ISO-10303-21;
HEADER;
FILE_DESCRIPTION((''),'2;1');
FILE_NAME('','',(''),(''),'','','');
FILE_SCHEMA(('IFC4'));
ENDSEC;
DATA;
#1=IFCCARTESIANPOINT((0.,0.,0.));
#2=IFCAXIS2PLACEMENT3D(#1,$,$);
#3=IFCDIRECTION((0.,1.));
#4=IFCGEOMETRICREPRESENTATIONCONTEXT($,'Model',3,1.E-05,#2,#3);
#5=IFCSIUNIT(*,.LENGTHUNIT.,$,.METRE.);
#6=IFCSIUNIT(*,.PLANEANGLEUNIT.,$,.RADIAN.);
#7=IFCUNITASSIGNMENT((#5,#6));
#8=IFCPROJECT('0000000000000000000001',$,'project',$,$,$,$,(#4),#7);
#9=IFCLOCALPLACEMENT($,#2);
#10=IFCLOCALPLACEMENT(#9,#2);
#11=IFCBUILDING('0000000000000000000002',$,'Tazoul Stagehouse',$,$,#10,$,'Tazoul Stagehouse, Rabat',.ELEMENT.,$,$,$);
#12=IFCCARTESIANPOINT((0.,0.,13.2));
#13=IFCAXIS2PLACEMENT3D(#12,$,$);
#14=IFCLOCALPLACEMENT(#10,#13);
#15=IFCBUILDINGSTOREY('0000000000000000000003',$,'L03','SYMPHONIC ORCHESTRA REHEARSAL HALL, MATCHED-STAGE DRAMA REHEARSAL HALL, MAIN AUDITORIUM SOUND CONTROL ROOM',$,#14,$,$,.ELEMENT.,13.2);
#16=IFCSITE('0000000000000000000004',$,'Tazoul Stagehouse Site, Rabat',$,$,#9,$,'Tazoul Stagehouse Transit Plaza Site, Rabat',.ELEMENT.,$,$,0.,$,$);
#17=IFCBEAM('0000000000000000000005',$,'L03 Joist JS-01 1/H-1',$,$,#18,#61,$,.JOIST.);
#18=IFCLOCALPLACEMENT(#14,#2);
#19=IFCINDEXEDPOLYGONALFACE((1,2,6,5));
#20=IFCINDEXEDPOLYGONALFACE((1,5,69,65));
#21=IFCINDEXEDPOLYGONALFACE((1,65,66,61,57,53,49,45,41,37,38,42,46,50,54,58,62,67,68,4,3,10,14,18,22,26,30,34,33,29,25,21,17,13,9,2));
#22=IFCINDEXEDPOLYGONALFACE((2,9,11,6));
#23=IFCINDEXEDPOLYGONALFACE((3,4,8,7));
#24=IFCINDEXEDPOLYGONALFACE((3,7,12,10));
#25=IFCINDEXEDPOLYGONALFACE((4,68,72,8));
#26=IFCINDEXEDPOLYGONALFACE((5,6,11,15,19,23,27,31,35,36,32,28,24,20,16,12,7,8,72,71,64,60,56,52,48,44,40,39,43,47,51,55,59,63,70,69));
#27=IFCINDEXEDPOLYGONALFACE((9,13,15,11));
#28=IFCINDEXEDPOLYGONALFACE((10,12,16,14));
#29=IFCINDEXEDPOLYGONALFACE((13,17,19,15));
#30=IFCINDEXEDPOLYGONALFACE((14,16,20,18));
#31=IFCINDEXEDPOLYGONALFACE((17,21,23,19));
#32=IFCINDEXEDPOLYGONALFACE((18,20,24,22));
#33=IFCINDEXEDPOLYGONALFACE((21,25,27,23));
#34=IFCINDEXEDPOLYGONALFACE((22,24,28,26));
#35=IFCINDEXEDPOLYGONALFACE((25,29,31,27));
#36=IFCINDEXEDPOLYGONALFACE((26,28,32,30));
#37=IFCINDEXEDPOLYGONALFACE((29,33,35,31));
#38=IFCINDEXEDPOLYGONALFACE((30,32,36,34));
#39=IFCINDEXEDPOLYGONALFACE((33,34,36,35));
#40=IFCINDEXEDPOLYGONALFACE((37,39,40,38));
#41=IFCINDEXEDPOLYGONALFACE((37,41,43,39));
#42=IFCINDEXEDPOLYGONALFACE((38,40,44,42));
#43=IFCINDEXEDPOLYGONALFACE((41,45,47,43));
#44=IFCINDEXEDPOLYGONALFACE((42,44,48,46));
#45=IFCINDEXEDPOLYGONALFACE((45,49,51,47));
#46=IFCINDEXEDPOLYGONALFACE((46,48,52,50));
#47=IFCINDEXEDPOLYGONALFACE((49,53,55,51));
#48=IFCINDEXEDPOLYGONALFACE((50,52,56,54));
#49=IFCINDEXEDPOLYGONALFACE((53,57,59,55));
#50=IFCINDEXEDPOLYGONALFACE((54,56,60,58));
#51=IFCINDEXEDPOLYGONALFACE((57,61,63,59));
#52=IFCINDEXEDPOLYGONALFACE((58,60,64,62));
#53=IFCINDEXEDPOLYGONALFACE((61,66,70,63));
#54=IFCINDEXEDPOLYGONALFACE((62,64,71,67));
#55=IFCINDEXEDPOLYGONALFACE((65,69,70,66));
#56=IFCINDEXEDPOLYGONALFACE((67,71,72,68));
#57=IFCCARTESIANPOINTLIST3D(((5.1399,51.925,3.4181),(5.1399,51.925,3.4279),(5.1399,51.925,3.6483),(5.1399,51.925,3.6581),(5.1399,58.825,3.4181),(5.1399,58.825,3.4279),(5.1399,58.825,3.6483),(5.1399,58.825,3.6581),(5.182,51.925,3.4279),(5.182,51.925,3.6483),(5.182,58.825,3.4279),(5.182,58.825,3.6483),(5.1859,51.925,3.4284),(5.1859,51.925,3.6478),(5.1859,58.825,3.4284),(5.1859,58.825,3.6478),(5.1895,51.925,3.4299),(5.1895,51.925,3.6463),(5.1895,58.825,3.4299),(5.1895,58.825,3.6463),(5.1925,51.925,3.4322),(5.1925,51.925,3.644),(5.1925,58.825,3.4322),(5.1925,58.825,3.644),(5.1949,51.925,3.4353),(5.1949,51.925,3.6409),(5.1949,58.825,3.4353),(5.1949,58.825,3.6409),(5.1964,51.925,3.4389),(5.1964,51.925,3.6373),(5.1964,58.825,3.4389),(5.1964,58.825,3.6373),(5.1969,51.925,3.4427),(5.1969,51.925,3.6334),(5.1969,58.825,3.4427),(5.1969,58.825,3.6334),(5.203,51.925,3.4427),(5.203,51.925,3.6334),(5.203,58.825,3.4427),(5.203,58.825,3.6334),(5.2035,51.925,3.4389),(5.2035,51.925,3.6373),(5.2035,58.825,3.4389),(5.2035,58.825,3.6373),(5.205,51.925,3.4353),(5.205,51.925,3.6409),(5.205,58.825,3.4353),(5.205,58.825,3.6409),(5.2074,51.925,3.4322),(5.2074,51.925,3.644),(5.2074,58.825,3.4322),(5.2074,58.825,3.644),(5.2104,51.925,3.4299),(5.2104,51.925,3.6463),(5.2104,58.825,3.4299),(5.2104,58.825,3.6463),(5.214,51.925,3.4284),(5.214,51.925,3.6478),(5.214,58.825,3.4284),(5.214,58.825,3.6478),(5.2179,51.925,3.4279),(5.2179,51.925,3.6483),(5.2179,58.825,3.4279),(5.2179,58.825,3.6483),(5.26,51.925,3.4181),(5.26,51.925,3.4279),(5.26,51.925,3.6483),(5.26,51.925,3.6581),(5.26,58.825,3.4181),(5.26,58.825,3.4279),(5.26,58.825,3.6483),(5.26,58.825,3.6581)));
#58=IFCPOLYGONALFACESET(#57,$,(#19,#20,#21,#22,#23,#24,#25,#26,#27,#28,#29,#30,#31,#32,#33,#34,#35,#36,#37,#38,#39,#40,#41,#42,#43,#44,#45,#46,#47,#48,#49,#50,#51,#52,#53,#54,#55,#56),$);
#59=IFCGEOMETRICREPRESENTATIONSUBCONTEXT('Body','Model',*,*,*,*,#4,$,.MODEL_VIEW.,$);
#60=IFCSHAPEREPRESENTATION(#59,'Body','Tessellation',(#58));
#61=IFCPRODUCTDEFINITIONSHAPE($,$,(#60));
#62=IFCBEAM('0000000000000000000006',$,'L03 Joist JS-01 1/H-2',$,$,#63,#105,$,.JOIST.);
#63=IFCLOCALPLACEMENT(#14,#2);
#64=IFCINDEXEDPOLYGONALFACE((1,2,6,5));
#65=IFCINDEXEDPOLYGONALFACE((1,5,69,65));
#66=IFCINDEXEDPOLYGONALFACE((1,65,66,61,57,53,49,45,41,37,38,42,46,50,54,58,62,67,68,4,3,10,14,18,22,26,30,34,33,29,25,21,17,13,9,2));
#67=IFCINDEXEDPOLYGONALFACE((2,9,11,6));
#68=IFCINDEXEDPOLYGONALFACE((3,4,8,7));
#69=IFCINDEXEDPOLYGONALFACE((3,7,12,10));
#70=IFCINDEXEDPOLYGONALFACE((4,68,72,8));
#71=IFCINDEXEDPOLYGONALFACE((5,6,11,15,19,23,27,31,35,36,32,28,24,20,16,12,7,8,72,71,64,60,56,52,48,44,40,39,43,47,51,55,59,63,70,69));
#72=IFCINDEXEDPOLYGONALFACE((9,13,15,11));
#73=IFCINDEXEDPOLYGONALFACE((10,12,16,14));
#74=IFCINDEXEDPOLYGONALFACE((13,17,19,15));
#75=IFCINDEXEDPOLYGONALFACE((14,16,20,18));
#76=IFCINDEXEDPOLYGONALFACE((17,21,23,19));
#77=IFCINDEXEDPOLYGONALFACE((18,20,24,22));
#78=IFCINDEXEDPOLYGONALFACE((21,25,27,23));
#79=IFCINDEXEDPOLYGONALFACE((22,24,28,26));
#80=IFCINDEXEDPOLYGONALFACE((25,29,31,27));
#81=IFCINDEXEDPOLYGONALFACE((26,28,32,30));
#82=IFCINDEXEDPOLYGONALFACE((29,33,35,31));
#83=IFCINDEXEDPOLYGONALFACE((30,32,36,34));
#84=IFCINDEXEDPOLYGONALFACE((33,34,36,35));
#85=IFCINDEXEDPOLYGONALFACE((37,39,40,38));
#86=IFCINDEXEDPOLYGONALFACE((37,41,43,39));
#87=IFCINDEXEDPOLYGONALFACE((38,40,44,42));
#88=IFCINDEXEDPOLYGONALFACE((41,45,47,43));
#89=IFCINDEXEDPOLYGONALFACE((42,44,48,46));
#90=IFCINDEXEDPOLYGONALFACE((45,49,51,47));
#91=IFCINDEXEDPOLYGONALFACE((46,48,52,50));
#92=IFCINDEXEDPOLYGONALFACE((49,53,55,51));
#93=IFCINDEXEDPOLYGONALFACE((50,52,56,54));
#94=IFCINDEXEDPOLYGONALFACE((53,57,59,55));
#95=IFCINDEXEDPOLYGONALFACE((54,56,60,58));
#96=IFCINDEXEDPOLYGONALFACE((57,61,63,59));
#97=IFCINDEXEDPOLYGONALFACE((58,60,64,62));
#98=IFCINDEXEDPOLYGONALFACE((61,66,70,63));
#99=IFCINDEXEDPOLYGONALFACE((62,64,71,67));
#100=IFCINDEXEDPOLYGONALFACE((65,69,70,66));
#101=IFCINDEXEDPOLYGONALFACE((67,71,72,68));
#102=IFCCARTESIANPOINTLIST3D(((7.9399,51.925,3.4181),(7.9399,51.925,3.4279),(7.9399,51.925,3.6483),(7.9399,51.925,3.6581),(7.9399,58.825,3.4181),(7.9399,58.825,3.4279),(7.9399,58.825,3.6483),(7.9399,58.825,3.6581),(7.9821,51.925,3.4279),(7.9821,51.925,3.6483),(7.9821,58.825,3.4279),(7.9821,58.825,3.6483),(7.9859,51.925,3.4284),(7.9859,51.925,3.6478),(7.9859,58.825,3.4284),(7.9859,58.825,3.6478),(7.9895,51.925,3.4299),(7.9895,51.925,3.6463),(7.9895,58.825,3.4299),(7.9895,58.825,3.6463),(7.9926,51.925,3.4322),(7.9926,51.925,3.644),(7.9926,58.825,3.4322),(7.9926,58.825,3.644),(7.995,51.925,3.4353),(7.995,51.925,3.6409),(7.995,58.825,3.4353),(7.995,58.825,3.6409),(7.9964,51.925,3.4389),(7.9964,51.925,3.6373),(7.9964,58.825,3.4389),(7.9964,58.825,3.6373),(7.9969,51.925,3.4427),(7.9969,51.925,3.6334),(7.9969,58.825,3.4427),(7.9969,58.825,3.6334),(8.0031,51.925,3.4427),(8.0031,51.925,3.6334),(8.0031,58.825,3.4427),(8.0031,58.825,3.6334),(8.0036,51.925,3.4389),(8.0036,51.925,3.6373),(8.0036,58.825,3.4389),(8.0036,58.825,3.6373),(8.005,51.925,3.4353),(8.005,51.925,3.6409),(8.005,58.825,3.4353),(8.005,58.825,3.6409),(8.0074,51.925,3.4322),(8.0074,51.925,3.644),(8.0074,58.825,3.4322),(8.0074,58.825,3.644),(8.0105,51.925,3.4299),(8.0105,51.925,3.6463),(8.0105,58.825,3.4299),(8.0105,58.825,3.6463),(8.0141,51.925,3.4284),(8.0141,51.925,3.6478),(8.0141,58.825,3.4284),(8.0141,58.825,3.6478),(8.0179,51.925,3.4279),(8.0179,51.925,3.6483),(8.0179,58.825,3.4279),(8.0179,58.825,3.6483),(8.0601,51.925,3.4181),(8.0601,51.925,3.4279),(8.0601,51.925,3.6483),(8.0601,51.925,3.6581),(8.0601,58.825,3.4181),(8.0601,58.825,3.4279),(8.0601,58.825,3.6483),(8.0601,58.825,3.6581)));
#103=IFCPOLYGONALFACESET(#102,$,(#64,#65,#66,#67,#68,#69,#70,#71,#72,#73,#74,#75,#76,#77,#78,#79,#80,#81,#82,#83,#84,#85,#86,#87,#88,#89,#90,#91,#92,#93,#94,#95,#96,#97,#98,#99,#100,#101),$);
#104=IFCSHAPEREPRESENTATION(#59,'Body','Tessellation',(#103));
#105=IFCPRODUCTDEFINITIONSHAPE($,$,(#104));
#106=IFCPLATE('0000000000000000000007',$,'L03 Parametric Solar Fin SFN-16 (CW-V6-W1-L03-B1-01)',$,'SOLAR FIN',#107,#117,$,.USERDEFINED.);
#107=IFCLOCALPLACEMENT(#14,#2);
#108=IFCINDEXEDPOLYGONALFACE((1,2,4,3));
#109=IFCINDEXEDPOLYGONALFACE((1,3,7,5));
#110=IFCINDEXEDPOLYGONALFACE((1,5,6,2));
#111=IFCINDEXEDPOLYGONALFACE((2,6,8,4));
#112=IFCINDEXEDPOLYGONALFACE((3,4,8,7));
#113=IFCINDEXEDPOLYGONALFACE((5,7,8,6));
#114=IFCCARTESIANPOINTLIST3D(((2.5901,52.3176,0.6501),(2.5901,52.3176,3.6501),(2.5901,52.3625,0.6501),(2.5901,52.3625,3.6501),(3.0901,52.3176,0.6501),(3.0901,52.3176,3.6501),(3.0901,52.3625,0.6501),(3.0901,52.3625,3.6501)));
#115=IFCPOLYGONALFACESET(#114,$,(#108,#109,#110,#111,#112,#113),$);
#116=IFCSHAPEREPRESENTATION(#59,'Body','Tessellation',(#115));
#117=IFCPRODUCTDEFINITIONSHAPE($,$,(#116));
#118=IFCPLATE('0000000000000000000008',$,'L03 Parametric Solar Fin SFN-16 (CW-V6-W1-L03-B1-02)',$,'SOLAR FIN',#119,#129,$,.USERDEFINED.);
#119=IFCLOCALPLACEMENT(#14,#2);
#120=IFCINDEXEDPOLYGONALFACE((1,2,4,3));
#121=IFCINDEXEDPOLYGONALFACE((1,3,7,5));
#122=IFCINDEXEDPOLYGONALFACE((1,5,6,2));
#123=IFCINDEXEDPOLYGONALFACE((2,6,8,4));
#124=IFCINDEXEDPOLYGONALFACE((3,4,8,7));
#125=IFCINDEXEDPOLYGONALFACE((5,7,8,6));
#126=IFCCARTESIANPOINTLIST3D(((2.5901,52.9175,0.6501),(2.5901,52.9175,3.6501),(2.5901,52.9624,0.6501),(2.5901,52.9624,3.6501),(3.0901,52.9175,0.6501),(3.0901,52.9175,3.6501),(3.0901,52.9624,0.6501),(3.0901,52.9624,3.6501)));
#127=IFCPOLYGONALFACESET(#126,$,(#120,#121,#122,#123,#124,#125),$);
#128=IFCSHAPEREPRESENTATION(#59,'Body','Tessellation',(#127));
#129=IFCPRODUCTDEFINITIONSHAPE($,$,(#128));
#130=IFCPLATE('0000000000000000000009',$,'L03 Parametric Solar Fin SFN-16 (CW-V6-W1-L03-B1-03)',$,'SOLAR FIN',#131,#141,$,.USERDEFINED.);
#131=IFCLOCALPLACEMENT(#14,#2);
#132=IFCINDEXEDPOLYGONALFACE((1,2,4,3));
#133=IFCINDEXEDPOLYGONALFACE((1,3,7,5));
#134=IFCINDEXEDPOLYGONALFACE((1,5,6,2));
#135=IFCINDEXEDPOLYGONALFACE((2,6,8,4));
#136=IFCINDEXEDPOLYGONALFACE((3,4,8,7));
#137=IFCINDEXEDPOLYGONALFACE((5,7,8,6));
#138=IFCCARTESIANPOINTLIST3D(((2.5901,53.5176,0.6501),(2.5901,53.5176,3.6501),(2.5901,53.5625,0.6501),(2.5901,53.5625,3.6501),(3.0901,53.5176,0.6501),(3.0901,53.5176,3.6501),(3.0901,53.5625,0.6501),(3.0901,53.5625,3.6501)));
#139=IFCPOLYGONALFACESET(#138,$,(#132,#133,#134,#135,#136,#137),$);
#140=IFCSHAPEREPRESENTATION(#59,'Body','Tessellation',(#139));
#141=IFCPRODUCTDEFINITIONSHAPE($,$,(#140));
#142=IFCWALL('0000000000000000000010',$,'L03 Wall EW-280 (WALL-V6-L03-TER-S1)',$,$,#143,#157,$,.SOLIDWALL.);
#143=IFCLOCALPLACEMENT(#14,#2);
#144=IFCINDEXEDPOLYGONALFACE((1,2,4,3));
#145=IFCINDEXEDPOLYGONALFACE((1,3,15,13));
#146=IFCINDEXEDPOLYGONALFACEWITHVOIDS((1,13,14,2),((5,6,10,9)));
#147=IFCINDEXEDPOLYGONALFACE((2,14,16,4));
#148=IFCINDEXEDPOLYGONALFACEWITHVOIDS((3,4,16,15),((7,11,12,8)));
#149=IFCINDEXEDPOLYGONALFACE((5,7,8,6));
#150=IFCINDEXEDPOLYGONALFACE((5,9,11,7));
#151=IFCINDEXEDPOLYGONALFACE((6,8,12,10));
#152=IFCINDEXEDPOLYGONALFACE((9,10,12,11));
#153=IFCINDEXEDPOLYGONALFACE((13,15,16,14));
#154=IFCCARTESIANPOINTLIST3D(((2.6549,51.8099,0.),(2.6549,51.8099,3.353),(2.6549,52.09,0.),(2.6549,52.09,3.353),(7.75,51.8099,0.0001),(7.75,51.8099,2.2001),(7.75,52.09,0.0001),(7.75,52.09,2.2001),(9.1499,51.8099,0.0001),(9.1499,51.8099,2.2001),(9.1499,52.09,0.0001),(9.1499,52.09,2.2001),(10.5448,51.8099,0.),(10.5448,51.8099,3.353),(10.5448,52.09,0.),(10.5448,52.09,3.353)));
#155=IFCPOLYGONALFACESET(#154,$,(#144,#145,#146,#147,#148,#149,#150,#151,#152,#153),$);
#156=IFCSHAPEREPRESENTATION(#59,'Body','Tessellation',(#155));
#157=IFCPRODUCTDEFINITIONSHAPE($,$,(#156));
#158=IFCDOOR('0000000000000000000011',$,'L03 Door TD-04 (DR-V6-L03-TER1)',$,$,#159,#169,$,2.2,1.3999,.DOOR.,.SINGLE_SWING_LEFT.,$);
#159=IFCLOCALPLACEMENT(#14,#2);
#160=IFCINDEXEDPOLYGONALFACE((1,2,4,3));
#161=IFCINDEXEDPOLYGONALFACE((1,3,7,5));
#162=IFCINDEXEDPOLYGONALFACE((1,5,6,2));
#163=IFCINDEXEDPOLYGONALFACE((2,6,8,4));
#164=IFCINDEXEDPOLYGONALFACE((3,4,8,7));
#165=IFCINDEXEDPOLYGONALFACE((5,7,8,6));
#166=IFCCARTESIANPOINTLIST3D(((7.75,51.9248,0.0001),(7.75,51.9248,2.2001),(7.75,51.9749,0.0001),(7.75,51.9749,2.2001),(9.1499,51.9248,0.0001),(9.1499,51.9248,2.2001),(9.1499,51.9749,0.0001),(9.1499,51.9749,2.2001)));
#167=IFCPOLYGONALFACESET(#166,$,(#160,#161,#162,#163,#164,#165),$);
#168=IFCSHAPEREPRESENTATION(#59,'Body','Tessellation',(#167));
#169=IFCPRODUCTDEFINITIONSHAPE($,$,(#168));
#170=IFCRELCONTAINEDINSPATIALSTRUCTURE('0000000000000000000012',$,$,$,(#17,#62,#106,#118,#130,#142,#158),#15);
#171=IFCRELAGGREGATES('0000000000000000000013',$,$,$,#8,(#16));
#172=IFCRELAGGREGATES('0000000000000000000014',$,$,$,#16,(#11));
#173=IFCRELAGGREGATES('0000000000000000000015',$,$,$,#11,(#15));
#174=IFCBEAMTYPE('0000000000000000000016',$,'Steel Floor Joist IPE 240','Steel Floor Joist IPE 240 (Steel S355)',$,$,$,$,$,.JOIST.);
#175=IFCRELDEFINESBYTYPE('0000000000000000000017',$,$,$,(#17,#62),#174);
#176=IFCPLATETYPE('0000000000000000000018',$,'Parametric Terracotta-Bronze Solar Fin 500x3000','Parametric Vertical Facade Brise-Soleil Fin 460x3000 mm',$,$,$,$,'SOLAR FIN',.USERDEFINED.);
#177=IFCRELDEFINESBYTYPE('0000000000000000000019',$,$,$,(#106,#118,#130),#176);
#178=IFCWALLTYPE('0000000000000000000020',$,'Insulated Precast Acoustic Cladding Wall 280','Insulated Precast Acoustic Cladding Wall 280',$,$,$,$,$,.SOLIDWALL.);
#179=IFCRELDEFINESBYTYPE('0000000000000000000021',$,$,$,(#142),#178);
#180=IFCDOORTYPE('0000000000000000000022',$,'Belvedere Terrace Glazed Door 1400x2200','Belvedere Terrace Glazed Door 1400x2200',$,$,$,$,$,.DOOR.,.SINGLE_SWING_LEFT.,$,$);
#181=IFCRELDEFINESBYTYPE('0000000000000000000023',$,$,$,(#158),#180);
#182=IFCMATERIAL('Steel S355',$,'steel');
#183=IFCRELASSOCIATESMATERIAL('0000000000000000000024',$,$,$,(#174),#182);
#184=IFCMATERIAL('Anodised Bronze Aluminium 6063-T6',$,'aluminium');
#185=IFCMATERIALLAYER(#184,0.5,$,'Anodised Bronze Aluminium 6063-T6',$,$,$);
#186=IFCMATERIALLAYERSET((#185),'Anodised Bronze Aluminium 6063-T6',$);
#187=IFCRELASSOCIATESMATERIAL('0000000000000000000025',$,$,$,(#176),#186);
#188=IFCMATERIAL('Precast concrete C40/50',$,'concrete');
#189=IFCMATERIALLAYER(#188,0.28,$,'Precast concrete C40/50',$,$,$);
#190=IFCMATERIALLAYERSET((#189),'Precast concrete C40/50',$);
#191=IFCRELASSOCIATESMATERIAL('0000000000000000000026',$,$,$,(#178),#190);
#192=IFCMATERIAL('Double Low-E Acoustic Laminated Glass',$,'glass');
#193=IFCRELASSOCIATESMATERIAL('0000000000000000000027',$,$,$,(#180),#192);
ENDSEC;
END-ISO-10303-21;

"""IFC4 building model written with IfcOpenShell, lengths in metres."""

from ifc_helpers import new_model, si_unit, direction, frame, frame_2d, origin, origin_2d, place, context, subcontext, project, spatial, rectangle, i_section, extrude, material, layer, layer_set, material_profile, profile_set, type_object, element, fill, save


model = new_model("IFC4")

# Units and contexts
model_context = context("Model", 3, precision=1e-05, world=origin(), true_north=direction((0.0, 1.0)))
body_context = subcontext(model_context, "Body", "Model", "MODEL_VIEW")
ifc_project = project(units=[si_unit("LENGTHUNIT", "METRE"), si_unit("PLANEANGLEUNIT", "RADIAN")], contexts=[model_context])

# Site, building, storey
site_placement = place(None, origin())
site = spatial("IfcSite", under=ifc_project, at=site_placement, Name="Tazoul Stagehouse Site, Rabat", LongName="Tazoul Stagehouse Transit Plaza Site, Rabat", CompositionType="ELEMENT", RefElevation=0.0)
building_placement = place(site_placement, origin())
building = spatial("IfcBuilding", under=site, at=building_placement, Name="Tazoul Stagehouse", LongName="Tazoul Stagehouse, Rabat", CompositionType="ELEMENT")
storey_placement = place(building_placement, frame((0.0, 0.0, 13.2)))
storey = spatial("IfcBuildingStorey", under=building, at=storey_placement, Name="L03", Description="SYMPHONIC ORCHESTRA REHEARSAL HALL, MATCHED-STAGE DRAMA REHEARSAL HALL, MAIN AUDITORIUM SOUND CONTROL ROOM", CompositionType="ELEMENT", Elevation=13.2)

# Beams
ifc_material_1 = material(Name="Steel S355", Category="steel")
ifc_material_profile = material_profile(ifc_material_1, i_section(OverallWidth=0.1201, OverallDepth=0.24, WebThickness=0.0061, FlangeThickness=0.0098, FilletRadius=0.0149, at=origin_2d()), Name="IPE 240")
ifc_profile_set = profile_set([ifc_material_profile], Name="Steel S355")
beam_type = type_object("IfcBeamType", Name="Steel Floor Joist IPE 240", Description="Steel Floor Joist IPE 240 (Steel S355)", PredefinedType="JOIST", material=ifc_profile_set)
for number, where, z_axis, x_axis, name in (
    (1, (5.2, 51.925, 3.5381), (0.0, 1.0, 0.0), (-1.0, 0.0, 0.0), "L03 Joist JS-01 1/H-1"),
    (2, (8.0, 51.925, 3.5381), (0.0, 1.0, 0.0), (-1.0, 0.0, 0.0), "L03 Joist JS-01 1/H-2"),
):
    element("IfcBeam", number, at=place(storey_placement, frame(where, z_axis=z_axis, x_axis=x_axis)), inside=storey, type_object=beam_type, Name=name, PredefinedType="JOIST", context=body_context, shape_type="SweptSolid", body=[
        extrude(i_section(OverallWidth=0.1201, OverallDepth=0.24, WebThickness=0.0061, FlangeThickness=0.0098, FilletRadius=0.0149, at=origin_2d()), origin(), (0.0, 0.0, 1.0), 6.8999),
    ])

# Plates
ifc_material_2 = material(Name="Anodised Bronze Aluminium 6063-T6", Category="aluminium")
ifc_layer_1 = layer(ifc_material_2, 0.5, Name="Anodised Bronze Aluminium 6063-T6")
ifc_layer_set_1 = layer_set([ifc_layer_1], Name="Anodised Bronze Aluminium 6063-T6")
plate_type = type_object("IfcPlateType", Name="Parametric Terracotta-Bronze Solar Fin 500x3000", Description="Parametric Vertical Facade Brise-Soleil Fin 460x3000 mm", ElementType="SOLAR FIN", PredefinedType="USERDEFINED", material=ifc_layer_set_1)
for number, where, z_axis, x_axis, name in (
    (3, (2.8401, 52.3401, 0.6501), (0.0, 0.0, 1.0), (0.0, 1.0, 0.0), "L03 Parametric Solar Fin SFN-16 (CW-V6-W1-L03-B1-01)"),
    (4, (2.8401, 52.9399, 0.6501), (0.0, 0.0, 1.0), (0.0, 1.0, 0.0), "L03 Parametric Solar Fin SFN-16 (CW-V6-W1-L03-B1-02)"),
    (5, (2.8401, 53.54, 0.6501), (0.0, 0.0, 1.0), (0.0, 1.0, 0.0), "L03 Parametric Solar Fin SFN-16 (CW-V6-W1-L03-B1-03)"),
):
    element("IfcPlate", number, at=place(storey_placement, frame(where, z_axis=z_axis, x_axis=x_axis)), inside=storey, type_object=plate_type, Name=name, ObjectType="SOLAR FIN", PredefinedType="USERDEFINED", context=body_context, shape_type="SweptSolid", body=[
        extrude(rectangle(XDim=0.0449, YDim=0.5, at=origin_2d()), origin(), (0.0, 0.0, 1.0), 3.0),
    ])

# Wall, opening, door
ifc_material_3 = material(Name="Precast concrete C40/50", Category="concrete")
ifc_layer_2 = layer(ifc_material_3, 0.28, Name="Precast concrete C40/50")
ifc_layer_set_2 = layer_set([ifc_layer_2], Name="Precast concrete C40/50")
wall_type = type_object("IfcWallType", Name="Insulated Precast Acoustic Cladding Wall 280", Description="Insulated Precast Acoustic Cladding Wall 280", PredefinedType="SOLIDWALL", material=ifc_layer_set_2)
wall_placement = place(storey_placement, frame((2.655, 51.95, 0.0), z_axis=(0.0, 0.0, 1.0), x_axis=(1.0, 0.0, 0.0)))
wall = element("IfcWall", 6, at=wall_placement, inside=storey, type_object=wall_type, Name="L03 Wall EW-280 (WALL-V6-L03-TER-S1)", PredefinedType="SOLIDWALL", context=body_context, shape_type="SweptSolid", body=[
    extrude(rectangle(XDim=7.8899, YDim=0.28, at=frame_2d((3.9448, 0.0))), origin(), (0.0, 0.0, 1.0), 3.353),
])
opening_placement = place(wall_placement, frame((5.095, 0.0, 0.0)))
opening = element("IfcOpeningElement", 7, at=opening_placement, cuts=wall, PredefinedType="OPENING", context=body_context, shape_type="SweptSolid", body=[
    extrude(rectangle(XDim=1.3999, YDim=2.2, at=frame_2d((0.7, 1.1001))), frame((0.0, 0.1599, 0.0), z_axis=(0.0, -1.0, 0.0), x_axis=(1.0, 0.0, 0.0)), (0.0, 0.0, 1.0), 0.3201),
])
ifc_material_4 = material(Name="Double Low-E Acoustic Laminated Glass", Category="glass")
door_type = type_object("IfcDoorType", Name="Belvedere Terrace Glazed Door 1400x2200", Description="Belvedere Terrace Glazed Door 1400x2200", OperationType="SINGLE_SWING_LEFT", PredefinedType="DOOR", material=ifc_material_4)
door_placement = place(opening_placement, origin())
door = element("IfcDoor", 8, at=door_placement, inside=storey, type_object=door_type, Name="L03 Door TD-04 (DR-V6-L03-TER1)", OperationType="SINGLE_SWING_LEFT", OverallHeight=2.2, OverallWidth=1.3999, PredefinedType="DOOR", context=body_context, shape_type="SweptSolid", body=[
    extrude(rectangle(XDim=1.3999, YDim=2.2, at=frame_2d((0.7, 1.1001))), frame((0.0, 0.0249, 0.0), z_axis=(0.0, -1.0, 0.0), x_axis=(1.0, 0.0, 0.0)), (0.0, 0.0, 1.0), 0.05),
])
fill(opening, door)

save(model, "model.ifc")
